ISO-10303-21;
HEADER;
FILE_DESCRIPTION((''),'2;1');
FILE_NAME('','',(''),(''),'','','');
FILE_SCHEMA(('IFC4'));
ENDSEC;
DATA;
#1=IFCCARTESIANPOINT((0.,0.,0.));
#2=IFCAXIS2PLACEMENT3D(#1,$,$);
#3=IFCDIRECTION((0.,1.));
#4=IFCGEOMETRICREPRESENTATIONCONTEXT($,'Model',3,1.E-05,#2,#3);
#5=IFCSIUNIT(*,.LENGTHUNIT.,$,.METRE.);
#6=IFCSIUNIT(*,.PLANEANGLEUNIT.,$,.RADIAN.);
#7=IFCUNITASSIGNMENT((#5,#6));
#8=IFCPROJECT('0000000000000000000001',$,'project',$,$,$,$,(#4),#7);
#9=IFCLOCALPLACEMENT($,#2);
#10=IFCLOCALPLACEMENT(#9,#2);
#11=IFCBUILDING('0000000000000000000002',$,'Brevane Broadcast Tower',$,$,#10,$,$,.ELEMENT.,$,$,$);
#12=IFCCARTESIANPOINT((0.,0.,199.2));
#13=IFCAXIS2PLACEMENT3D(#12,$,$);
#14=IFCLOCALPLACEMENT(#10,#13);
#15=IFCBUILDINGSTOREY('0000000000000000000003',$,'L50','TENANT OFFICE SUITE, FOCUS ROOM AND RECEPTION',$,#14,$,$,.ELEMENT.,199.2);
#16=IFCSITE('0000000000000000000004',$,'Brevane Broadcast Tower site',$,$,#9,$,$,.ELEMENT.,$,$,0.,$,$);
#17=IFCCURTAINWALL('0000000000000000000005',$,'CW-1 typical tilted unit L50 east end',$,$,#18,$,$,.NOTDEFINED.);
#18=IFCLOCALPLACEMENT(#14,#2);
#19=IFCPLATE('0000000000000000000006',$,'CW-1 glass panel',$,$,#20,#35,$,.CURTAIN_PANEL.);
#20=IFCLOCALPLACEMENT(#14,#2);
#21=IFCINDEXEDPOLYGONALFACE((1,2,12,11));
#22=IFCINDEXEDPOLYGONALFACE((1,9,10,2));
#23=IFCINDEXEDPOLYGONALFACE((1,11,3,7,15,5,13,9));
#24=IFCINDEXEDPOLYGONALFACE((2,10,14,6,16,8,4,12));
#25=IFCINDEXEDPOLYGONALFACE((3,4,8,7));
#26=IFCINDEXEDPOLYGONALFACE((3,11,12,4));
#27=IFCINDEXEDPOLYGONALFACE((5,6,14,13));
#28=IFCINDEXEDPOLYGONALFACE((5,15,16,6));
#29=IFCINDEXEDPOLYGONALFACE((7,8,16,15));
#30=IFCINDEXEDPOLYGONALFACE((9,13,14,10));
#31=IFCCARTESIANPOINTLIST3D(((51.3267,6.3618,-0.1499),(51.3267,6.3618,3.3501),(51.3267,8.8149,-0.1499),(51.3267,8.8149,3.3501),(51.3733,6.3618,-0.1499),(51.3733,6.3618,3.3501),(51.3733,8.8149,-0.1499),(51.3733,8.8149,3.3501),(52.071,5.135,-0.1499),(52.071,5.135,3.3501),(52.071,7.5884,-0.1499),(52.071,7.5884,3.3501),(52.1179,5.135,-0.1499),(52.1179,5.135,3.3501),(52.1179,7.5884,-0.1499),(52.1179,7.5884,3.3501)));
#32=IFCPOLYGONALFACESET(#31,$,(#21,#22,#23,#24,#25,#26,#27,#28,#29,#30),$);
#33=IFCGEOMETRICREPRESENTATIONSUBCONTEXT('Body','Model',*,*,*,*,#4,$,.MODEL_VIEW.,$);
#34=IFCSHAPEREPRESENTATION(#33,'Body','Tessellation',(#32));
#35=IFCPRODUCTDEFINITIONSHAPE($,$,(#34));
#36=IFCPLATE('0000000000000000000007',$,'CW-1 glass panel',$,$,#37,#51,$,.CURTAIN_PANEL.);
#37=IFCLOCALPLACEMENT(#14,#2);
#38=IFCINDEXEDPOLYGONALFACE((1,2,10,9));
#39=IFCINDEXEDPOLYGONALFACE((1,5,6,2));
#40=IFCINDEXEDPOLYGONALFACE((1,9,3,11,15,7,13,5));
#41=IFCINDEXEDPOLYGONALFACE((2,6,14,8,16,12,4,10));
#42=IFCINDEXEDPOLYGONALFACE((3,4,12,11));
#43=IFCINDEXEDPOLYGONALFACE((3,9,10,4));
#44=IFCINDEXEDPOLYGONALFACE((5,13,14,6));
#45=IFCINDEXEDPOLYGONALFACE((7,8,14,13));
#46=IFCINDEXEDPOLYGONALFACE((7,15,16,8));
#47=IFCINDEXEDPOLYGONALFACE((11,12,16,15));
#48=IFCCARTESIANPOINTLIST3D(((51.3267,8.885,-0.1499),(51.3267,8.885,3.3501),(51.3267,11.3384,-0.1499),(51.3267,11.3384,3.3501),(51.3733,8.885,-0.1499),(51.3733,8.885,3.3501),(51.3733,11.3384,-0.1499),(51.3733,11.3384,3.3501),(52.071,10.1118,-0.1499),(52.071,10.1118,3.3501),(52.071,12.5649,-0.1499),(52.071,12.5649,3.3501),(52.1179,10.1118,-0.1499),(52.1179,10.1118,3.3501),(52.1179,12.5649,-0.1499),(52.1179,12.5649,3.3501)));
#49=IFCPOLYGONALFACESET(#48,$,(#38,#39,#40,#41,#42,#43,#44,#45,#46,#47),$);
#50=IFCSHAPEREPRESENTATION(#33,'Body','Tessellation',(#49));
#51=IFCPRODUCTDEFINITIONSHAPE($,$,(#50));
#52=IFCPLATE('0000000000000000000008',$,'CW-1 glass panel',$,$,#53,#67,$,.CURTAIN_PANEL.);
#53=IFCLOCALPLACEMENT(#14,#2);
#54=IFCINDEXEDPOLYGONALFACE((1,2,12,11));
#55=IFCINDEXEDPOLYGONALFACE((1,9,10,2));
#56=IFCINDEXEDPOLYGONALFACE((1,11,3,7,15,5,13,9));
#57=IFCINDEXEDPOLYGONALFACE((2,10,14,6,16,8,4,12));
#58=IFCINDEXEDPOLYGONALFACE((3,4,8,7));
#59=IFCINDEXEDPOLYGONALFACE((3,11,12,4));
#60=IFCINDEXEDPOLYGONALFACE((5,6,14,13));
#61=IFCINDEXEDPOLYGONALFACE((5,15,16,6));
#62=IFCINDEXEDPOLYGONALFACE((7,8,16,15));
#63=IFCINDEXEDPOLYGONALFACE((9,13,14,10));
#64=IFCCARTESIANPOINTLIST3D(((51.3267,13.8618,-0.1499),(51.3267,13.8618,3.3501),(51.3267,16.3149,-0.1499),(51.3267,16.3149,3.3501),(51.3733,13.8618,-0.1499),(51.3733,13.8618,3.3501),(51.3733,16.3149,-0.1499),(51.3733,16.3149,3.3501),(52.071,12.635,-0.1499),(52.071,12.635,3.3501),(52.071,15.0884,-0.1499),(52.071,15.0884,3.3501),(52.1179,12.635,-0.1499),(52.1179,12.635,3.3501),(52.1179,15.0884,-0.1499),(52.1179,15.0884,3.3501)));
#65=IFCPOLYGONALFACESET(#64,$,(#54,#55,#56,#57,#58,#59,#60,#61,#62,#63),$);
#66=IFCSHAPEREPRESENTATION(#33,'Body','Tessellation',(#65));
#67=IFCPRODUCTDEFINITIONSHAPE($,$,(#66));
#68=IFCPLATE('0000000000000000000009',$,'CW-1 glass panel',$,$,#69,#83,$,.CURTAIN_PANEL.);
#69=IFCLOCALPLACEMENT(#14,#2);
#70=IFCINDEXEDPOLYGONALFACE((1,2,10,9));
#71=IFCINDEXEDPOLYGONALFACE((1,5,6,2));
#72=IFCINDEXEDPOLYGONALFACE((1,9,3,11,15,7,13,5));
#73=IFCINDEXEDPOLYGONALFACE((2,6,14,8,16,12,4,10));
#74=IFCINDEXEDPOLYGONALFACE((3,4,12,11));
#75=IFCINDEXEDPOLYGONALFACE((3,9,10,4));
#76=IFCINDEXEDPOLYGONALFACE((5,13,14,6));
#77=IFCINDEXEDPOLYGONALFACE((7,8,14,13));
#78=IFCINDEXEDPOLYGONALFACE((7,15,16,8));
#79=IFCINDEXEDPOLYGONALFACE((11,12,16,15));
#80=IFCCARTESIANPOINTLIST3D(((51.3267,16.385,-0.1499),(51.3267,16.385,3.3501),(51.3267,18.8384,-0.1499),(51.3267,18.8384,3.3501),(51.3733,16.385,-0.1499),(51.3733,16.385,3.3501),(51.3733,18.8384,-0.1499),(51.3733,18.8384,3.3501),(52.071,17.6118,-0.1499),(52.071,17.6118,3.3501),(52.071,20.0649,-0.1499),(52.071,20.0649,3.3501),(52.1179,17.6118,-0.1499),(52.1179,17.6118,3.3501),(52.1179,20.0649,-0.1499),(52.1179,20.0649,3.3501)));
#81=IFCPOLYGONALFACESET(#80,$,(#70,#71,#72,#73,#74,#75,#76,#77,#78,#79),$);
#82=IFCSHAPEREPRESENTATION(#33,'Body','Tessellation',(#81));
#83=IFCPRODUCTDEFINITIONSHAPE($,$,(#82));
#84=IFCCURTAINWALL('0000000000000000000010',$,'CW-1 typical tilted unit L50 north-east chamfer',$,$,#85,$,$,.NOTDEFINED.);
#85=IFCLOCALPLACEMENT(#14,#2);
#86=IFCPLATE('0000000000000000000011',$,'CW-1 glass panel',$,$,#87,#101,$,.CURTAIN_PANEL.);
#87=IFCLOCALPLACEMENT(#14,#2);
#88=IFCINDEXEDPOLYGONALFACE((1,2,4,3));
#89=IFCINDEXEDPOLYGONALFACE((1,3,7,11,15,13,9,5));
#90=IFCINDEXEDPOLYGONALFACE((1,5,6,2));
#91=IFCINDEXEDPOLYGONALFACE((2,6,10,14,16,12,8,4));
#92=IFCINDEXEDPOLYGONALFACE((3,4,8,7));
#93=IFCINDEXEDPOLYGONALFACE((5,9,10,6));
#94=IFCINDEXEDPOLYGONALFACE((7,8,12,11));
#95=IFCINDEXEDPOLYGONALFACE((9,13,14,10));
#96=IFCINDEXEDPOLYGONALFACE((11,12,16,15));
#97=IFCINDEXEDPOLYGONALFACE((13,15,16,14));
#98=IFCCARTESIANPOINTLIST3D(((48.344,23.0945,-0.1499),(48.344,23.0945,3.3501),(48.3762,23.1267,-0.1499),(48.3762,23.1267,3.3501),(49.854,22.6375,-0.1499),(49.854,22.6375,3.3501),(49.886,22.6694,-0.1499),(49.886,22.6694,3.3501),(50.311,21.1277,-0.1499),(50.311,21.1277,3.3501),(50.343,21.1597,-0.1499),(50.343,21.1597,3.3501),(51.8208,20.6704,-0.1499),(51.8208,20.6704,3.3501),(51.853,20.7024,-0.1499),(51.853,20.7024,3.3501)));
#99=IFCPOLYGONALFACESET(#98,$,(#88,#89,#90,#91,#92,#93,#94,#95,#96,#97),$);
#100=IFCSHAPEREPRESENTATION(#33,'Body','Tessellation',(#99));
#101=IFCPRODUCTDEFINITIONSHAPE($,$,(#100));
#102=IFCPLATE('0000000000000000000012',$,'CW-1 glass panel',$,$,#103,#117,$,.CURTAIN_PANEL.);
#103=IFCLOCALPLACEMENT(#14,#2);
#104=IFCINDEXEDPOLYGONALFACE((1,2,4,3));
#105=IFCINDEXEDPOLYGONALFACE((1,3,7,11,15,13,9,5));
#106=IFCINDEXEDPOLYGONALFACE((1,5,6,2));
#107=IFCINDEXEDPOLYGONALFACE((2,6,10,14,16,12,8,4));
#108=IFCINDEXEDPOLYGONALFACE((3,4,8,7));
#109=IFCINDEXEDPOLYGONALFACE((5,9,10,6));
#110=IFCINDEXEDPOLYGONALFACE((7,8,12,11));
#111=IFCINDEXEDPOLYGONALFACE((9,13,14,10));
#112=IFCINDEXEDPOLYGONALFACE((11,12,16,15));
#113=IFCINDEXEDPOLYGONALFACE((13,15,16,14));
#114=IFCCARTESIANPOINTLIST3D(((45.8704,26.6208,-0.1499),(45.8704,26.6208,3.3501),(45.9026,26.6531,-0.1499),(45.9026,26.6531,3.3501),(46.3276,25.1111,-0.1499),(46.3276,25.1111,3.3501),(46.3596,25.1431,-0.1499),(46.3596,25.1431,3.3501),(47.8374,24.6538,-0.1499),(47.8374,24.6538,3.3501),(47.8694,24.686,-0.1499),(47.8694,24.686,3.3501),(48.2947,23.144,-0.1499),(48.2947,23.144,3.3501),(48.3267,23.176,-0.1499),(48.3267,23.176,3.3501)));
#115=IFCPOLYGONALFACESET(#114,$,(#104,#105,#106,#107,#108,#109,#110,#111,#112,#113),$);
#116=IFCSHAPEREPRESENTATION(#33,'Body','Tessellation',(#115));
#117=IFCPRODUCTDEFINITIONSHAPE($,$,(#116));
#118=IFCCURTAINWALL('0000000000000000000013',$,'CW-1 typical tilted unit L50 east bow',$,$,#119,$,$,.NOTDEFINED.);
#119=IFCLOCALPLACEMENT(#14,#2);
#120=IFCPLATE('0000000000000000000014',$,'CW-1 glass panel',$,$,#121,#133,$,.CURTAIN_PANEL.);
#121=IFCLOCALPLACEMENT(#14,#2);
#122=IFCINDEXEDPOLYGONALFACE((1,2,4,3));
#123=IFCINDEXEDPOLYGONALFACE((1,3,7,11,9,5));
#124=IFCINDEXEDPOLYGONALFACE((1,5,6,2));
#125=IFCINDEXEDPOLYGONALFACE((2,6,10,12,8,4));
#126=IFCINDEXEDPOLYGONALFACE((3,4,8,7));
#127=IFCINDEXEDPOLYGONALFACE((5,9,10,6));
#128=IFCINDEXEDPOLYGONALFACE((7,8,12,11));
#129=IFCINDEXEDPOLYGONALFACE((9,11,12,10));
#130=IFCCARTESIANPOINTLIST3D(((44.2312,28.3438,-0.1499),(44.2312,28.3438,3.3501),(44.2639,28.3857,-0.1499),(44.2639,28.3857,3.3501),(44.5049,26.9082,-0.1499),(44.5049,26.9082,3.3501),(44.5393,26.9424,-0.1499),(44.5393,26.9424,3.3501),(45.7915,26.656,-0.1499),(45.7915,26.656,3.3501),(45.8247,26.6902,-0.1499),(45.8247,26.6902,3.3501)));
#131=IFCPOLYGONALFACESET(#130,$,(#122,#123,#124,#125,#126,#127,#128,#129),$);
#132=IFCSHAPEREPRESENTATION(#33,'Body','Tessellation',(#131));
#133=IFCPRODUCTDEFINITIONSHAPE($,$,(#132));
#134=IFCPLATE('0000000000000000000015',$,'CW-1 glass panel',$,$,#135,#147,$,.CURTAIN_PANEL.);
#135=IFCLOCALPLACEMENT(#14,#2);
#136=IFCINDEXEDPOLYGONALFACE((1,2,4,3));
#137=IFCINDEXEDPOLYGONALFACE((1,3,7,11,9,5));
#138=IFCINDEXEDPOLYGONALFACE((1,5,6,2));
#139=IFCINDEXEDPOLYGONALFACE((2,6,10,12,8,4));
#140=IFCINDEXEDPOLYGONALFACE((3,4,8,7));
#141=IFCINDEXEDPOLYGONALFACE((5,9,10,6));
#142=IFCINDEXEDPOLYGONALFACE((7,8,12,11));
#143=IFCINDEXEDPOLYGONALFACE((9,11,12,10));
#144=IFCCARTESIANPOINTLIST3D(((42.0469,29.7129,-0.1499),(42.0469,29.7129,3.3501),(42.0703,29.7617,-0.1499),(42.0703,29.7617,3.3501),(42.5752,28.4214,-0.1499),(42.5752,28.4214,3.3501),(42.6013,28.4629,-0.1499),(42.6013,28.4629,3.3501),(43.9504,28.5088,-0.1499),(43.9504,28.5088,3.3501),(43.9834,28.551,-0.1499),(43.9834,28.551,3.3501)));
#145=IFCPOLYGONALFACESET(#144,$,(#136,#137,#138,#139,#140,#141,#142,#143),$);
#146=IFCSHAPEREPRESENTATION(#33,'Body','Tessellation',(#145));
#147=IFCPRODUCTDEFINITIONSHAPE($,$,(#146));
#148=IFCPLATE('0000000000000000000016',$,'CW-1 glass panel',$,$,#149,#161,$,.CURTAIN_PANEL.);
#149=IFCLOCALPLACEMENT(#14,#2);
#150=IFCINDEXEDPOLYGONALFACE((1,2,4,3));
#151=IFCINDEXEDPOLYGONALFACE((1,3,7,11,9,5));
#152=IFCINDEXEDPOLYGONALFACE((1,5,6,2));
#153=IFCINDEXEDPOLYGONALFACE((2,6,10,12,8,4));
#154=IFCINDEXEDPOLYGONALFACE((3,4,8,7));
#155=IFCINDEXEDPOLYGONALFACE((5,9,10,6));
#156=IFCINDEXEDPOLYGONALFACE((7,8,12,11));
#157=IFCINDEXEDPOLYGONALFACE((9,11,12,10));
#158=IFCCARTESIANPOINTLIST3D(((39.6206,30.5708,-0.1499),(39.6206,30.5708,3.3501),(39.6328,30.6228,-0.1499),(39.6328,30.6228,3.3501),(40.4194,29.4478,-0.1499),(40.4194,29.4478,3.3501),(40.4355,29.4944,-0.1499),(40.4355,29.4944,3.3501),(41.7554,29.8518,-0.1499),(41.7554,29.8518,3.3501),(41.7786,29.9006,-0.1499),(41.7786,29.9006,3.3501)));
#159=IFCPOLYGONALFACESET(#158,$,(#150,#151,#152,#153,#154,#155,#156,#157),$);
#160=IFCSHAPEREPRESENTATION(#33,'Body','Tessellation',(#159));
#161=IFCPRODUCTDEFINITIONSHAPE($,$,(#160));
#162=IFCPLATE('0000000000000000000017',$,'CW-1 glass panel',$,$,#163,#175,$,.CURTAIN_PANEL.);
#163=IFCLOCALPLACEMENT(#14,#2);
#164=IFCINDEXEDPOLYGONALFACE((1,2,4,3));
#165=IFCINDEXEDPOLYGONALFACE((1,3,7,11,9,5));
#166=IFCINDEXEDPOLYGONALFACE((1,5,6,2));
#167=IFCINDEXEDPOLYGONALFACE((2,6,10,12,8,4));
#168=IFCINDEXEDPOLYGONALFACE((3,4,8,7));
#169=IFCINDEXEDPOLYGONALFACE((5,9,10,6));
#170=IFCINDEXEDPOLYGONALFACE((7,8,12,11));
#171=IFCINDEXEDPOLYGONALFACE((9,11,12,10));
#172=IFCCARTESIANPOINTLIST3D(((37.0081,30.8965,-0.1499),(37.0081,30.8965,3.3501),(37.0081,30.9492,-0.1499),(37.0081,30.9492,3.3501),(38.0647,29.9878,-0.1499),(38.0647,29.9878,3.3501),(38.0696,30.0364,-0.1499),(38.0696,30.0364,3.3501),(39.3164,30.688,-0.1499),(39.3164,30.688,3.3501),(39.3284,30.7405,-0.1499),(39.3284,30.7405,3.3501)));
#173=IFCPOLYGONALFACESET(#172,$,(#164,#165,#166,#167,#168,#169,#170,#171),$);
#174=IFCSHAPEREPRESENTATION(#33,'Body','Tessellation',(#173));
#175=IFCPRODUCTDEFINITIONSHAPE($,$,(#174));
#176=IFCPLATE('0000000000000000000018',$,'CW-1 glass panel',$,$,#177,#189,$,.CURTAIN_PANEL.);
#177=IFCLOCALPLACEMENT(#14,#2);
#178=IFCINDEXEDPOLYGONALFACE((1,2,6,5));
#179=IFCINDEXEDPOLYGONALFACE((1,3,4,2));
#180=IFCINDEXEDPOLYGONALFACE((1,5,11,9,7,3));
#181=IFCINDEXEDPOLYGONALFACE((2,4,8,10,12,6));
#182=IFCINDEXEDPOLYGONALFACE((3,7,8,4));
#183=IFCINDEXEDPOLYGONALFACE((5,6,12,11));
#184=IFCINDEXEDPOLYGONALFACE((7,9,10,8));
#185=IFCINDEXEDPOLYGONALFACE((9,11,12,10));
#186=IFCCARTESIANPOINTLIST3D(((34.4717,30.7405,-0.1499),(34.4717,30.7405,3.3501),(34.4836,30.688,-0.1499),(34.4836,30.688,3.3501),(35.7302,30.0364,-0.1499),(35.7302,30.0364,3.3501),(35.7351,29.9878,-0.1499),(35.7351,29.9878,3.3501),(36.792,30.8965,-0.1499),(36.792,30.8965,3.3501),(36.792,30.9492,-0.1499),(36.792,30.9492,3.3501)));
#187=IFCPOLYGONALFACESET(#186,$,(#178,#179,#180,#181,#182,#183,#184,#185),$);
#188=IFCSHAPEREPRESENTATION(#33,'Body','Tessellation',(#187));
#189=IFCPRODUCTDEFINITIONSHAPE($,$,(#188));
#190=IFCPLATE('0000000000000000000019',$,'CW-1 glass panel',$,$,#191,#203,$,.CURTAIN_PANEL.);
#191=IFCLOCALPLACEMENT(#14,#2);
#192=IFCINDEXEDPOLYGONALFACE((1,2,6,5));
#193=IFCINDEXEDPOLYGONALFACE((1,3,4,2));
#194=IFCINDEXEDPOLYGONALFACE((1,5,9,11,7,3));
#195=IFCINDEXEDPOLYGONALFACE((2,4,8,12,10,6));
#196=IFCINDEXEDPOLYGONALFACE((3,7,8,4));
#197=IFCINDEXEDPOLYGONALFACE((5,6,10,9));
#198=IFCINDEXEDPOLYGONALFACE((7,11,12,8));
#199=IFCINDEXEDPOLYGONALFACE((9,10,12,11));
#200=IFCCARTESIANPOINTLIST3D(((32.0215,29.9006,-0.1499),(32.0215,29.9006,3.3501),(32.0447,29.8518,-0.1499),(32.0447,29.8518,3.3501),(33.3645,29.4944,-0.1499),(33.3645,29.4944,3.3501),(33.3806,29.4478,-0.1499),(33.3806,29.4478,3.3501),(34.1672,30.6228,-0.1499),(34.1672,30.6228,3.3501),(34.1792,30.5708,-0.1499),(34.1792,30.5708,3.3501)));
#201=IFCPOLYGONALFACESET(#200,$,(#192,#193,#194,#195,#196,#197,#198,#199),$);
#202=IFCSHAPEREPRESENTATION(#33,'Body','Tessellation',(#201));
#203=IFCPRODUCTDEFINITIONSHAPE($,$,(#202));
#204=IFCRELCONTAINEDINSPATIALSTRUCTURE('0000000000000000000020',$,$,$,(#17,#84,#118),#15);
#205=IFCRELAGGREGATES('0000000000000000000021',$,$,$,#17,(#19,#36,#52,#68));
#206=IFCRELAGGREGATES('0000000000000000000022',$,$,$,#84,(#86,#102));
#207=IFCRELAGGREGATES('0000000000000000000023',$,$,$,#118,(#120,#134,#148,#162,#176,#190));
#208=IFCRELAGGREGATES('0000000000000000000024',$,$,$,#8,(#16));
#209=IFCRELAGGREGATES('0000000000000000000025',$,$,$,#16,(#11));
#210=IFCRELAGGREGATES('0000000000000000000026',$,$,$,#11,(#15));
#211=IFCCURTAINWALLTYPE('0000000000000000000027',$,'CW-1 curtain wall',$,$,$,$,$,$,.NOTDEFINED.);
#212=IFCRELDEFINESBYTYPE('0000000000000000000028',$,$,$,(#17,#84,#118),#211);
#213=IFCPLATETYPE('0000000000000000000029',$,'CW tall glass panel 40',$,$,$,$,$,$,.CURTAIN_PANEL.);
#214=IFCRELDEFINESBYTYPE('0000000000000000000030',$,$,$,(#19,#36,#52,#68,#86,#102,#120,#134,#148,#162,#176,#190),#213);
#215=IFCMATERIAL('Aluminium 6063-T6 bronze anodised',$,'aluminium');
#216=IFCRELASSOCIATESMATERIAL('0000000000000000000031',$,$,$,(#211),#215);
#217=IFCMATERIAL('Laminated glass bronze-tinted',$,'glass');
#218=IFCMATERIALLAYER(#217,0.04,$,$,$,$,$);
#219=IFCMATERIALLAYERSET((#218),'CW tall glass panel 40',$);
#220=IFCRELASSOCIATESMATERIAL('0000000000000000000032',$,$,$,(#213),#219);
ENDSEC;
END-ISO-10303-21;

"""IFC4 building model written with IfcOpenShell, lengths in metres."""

from ifc_helpers import new_model, si_unit, direction, frame, origin, place, context, subcontext, project, spatial, polyline, outline, extrude, material, layer, layer_set, type_object, element, aggregate, save


model = new_model("IFC4")

# Units and contexts
model_context = context("Model", 3, precision=1e-05, world=origin(), true_north=direction((0.0, 1.0)))
body_context = subcontext(model_context, "Body", "Model", "MODEL_VIEW")
ifc_project = project(units=[si_unit("LENGTHUNIT", "METRE"), si_unit("PLANEANGLEUNIT", "RADIAN")], contexts=[model_context])

# Site, building, storey
site_placement = place(None, origin())
site = spatial("IfcSite", under=ifc_project, at=site_placement, Name="Brevane Broadcast Tower site", CompositionType="ELEMENT", RefElevation=0.0)
building_placement = place(site_placement, origin())
building = spatial("IfcBuilding", under=site, at=building_placement, Name="Brevane Broadcast Tower", CompositionType="ELEMENT")
storey_placement = place(building_placement, frame((0.0, 0.0, 199.2)))
storey = spatial("IfcBuildingStorey", under=building, at=storey_placement, Name="L50", Description="TENANT OFFICE SUITE, FOCUS ROOM AND RECEPTION", CompositionType="ELEMENT", Elevation=199.2)

# Curtain walls, plates
ifc_material_1 = material(Name="Aluminium 6063-T6 bronze anodised", Category="aluminium")
curtain_wall_type = type_object("IfcCurtainWallType", Name="CW-1 curtain wall", PredefinedType="NOTDEFINED", material=ifc_material_1)
ifc_material_2 = material(Name="Laminated glass bronze-tinted", Category="glass")
ifc_layer = layer(ifc_material_2, 0.04)
ifc_layer_set = layer_set([ifc_layer], Name="CW tall glass panel 40")
plate_type = type_object("IfcPlateType", Name="CW tall glass panel 40", PredefinedType="CURTAIN_PANEL", material=ifc_layer_set)
curtain_wall_1_placement = place(storey_placement, origin())
curtain_wall_1 = element("IfcCurtainWall", 1, at=curtain_wall_1_placement, inside=storey, type_object=curtain_wall_type, Name="CW-1 typical tilted unit L50 east end", PredefinedType="NOTDEFINED")
plate_1_placement = place(storey_placement, frame((0.0, 0.0, -0.1499)))
plate_1 = element("IfcPlate", 2, at=plate_1_placement, type_object=plate_type, Name="CW-1 glass panel", PredefinedType="CURTAIN_PANEL", context=body_context, shape_type="SweptSolid", body=[
    extrude(outline(polyline([(52.071, 5.135), (52.1179, 5.135), (51.3733, 6.3618), (52.1179, 7.5884), (51.3733, 8.8149), (51.3267, 8.8149), (52.071, 7.5884), (51.3267, 6.3618), (52.071, 5.135)])), origin(), (0.0, 0.0, 1.0), 3.5),
])
plate_2_placement = place(storey_placement, frame((0.0, 0.0, -0.1499)))
plate_2 = element("IfcPlate", 3, at=plate_2_placement, type_object=plate_type, Name="CW-1 glass panel", PredefinedType="CURTAIN_PANEL", context=body_context, shape_type="SweptSolid", body=[
    extrude(outline(polyline([(51.3267, 8.885), (51.3733, 8.885), (52.1179, 10.1118), (51.3733, 11.3384), (52.1179, 12.5649), (52.071, 12.5649), (51.3267, 11.3384), (52.071, 10.1118), (51.3267, 8.885)])), origin(), (0.0, 0.0, 1.0), 3.5),
])
plate_3_placement = place(storey_placement, frame((0.0, 0.0, -0.1499)))
plate_3 = element("IfcPlate", 4, at=plate_3_placement, type_object=plate_type, Name="CW-1 glass panel", PredefinedType="CURTAIN_PANEL", context=body_context, shape_type="SweptSolid", body=[
    extrude(outline(polyline([(52.071, 12.635), (52.1179, 12.635), (51.3733, 13.8618), (52.1179, 15.0884), (51.3733, 16.3149), (51.3267, 16.3149), (52.071, 15.0884), (51.3267, 13.8618), (52.071, 12.635)])), origin(), (0.0, 0.0, 1.0), 3.5),
])
plate_4_placement = place(storey_placement, frame((0.0, 0.0, -0.1499)))
plate_4 = element("IfcPlate", 5, at=plate_4_placement, type_object=plate_type, Name="CW-1 glass panel", PredefinedType="CURTAIN_PANEL", context=body_context, shape_type="SweptSolid", body=[
    extrude(outline(polyline([(51.3267, 16.385), (51.3733, 16.385), (52.1179, 17.6118), (51.3733, 18.8384), (52.1179, 20.0649), (52.071, 20.0649), (51.3267, 18.8384), (52.071, 17.6118), (51.3267, 16.385)])), origin(), (0.0, 0.0, 1.0), 3.5),
])
aggregate(curtain_wall_1, [plate_1, plate_2, plate_3, plate_4])
curtain_wall_2_placement = place(storey_placement, origin())
curtain_wall_2 = element("IfcCurtainWall", 6, at=curtain_wall_2_placement, inside=storey, type_object=curtain_wall_type, Name="CW-1 typical tilted unit L50 north-east chamfer", PredefinedType="NOTDEFINED")
plate_5_placement = place(storey_placement, frame((0.0, 0.0, -0.1499)))
plate_5 = element("IfcPlate", 7, at=plate_5_placement, type_object=plate_type, Name="CW-1 glass panel", PredefinedType="CURTAIN_PANEL", context=body_context, shape_type="SweptSolid", body=[
    extrude(outline(polyline([(51.8208, 20.6704), (51.853, 20.7024), (50.343, 21.1597), (49.886, 22.6694), (48.3762, 23.1267), (48.344, 23.0945), (49.854, 22.6375), (50.311, 21.1277), (51.8208, 20.6704)])), origin(), (0.0, 0.0, 1.0), 3.5),
])
plate_6_placement = place(storey_placement, frame((0.0, 0.0, -0.1499)))
plate_6 = element("IfcPlate", 8, at=plate_6_placement, type_object=plate_type, Name="CW-1 glass panel", PredefinedType="CURTAIN_PANEL", context=body_context, shape_type="SweptSolid", body=[
    extrude(outline(polyline([(48.2947, 23.144), (48.3267, 23.176), (47.8694, 24.686), (46.3596, 25.1431), (45.9026, 26.6531), (45.8704, 26.6208), (46.3276, 25.1111), (47.8374, 24.6538), (48.2947, 23.144)])), origin(), (0.0, 0.0, 1.0), 3.5),
])
aggregate(curtain_wall_2, [plate_5, plate_6])
curtain_wall_3_placement = place(storey_placement, origin())
curtain_wall_3 = element("IfcCurtainWall", 9, at=curtain_wall_3_placement, inside=storey, type_object=curtain_wall_type, Name="CW-1 typical tilted unit L50 east bow", PredefinedType="NOTDEFINED")
plate_7_placement = place(storey_placement, frame((0.0, 0.0, -0.1499)))
plate_7 = element("IfcPlate", 10, at=plate_7_placement, type_object=plate_type, Name="CW-1 glass panel", PredefinedType="CURTAIN_PANEL", context=body_context, shape_type="SweptSolid", body=[
    extrude(outline(polyline([(45.7915, 26.656), (45.8247, 26.6902), (44.5393, 26.9424), (44.2639, 28.3857), (44.2312, 28.3438), (44.5049, 26.9082), (45.7915, 26.656)])), origin(), (0.0, 0.0, 1.0), 3.5),
])
plate_8_placement = place(storey_placement, frame((0.0, 0.0, -0.1499)))
plate_8 = element("IfcPlate", 11, at=plate_8_placement, type_object=plate_type, Name="CW-1 glass panel", PredefinedType="CURTAIN_PANEL", context=body_context, shape_type="SweptSolid", body=[
    extrude(outline(polyline([(43.9504, 28.5088), (43.9834, 28.551), (42.6013, 28.4629), (42.0703, 29.7617), (42.0469, 29.7129), (42.5752, 28.4214), (43.9504, 28.5088)])), origin(), (0.0, 0.0, 1.0), 3.5),
])
plate_9_placement = place(storey_placement, frame((0.0, 0.0, -0.1499)))
plate_9 = element("IfcPlate", 12, at=plate_9_placement, type_object=plate_type, Name="CW-1 glass panel", PredefinedType="CURTAIN_PANEL", context=body_context, shape_type="SweptSolid", body=[
    extrude(outline(polyline([(41.7554, 29.8518), (41.7786, 29.9006), (40.4355, 29.4944), (39.6328, 30.6228), (39.6206, 30.5708), (40.4194, 29.4478), (41.7554, 29.8518)])), origin(), (0.0, 0.0, 1.0), 3.5),
])
plate_10_placement = place(storey_placement, frame((0.0, 0.0, -0.1499)))
plate_10 = element("IfcPlate", 13, at=plate_10_placement, type_object=plate_type, Name="CW-1 glass panel", PredefinedType="CURTAIN_PANEL", context=body_context, shape_type="SweptSolid", body=[
    extrude(outline(polyline([(39.3164, 30.688), (39.3284, 30.7405), (38.0696, 30.0364), (37.0081, 30.9492), (37.0081, 30.8965), (38.0647, 29.9878), (39.3164, 30.688)])), origin(), (0.0, 0.0, 1.0), 3.5),
])
plate_11_placement = place(storey_placement, frame((0.0, 0.0, -0.1499)))
plate_11 = element("IfcPlate", 14, at=plate_11_placement, type_object=plate_type, Name="CW-1 glass panel", PredefinedType="CURTAIN_PANEL", context=body_context, shape_type="SweptSolid", body=[
    extrude(outline(polyline([(36.792, 30.8965), (36.792, 30.9492), (35.7302, 30.0364), (34.4717, 30.7405), (34.4836, 30.688), (35.7351, 29.9878), (36.792, 30.8965)])), origin(), (0.0, 0.0, 1.0), 3.5),
])
plate_12_placement = place(storey_placement, frame((0.0, 0.0, -0.1499)))
plate_12 = element("IfcPlate", 15, at=plate_12_placement, type_object=plate_type, Name="CW-1 glass panel", PredefinedType="CURTAIN_PANEL", context=body_context, shape_type="SweptSolid", body=[
    extrude(outline(polyline([(34.1792, 30.5708), (34.1672, 30.6228), (33.3645, 29.4944), (32.0215, 29.9006), (32.0447, 29.8518), (33.3806, 29.4478), (34.1792, 30.5708)])), origin(), (0.0, 0.0, 1.0), 3.5),
])
aggregate(curtain_wall_3, [plate_7, plate_8, plate_9, plate_10, plate_11, plate_12])

save(model, "model.ifc")
